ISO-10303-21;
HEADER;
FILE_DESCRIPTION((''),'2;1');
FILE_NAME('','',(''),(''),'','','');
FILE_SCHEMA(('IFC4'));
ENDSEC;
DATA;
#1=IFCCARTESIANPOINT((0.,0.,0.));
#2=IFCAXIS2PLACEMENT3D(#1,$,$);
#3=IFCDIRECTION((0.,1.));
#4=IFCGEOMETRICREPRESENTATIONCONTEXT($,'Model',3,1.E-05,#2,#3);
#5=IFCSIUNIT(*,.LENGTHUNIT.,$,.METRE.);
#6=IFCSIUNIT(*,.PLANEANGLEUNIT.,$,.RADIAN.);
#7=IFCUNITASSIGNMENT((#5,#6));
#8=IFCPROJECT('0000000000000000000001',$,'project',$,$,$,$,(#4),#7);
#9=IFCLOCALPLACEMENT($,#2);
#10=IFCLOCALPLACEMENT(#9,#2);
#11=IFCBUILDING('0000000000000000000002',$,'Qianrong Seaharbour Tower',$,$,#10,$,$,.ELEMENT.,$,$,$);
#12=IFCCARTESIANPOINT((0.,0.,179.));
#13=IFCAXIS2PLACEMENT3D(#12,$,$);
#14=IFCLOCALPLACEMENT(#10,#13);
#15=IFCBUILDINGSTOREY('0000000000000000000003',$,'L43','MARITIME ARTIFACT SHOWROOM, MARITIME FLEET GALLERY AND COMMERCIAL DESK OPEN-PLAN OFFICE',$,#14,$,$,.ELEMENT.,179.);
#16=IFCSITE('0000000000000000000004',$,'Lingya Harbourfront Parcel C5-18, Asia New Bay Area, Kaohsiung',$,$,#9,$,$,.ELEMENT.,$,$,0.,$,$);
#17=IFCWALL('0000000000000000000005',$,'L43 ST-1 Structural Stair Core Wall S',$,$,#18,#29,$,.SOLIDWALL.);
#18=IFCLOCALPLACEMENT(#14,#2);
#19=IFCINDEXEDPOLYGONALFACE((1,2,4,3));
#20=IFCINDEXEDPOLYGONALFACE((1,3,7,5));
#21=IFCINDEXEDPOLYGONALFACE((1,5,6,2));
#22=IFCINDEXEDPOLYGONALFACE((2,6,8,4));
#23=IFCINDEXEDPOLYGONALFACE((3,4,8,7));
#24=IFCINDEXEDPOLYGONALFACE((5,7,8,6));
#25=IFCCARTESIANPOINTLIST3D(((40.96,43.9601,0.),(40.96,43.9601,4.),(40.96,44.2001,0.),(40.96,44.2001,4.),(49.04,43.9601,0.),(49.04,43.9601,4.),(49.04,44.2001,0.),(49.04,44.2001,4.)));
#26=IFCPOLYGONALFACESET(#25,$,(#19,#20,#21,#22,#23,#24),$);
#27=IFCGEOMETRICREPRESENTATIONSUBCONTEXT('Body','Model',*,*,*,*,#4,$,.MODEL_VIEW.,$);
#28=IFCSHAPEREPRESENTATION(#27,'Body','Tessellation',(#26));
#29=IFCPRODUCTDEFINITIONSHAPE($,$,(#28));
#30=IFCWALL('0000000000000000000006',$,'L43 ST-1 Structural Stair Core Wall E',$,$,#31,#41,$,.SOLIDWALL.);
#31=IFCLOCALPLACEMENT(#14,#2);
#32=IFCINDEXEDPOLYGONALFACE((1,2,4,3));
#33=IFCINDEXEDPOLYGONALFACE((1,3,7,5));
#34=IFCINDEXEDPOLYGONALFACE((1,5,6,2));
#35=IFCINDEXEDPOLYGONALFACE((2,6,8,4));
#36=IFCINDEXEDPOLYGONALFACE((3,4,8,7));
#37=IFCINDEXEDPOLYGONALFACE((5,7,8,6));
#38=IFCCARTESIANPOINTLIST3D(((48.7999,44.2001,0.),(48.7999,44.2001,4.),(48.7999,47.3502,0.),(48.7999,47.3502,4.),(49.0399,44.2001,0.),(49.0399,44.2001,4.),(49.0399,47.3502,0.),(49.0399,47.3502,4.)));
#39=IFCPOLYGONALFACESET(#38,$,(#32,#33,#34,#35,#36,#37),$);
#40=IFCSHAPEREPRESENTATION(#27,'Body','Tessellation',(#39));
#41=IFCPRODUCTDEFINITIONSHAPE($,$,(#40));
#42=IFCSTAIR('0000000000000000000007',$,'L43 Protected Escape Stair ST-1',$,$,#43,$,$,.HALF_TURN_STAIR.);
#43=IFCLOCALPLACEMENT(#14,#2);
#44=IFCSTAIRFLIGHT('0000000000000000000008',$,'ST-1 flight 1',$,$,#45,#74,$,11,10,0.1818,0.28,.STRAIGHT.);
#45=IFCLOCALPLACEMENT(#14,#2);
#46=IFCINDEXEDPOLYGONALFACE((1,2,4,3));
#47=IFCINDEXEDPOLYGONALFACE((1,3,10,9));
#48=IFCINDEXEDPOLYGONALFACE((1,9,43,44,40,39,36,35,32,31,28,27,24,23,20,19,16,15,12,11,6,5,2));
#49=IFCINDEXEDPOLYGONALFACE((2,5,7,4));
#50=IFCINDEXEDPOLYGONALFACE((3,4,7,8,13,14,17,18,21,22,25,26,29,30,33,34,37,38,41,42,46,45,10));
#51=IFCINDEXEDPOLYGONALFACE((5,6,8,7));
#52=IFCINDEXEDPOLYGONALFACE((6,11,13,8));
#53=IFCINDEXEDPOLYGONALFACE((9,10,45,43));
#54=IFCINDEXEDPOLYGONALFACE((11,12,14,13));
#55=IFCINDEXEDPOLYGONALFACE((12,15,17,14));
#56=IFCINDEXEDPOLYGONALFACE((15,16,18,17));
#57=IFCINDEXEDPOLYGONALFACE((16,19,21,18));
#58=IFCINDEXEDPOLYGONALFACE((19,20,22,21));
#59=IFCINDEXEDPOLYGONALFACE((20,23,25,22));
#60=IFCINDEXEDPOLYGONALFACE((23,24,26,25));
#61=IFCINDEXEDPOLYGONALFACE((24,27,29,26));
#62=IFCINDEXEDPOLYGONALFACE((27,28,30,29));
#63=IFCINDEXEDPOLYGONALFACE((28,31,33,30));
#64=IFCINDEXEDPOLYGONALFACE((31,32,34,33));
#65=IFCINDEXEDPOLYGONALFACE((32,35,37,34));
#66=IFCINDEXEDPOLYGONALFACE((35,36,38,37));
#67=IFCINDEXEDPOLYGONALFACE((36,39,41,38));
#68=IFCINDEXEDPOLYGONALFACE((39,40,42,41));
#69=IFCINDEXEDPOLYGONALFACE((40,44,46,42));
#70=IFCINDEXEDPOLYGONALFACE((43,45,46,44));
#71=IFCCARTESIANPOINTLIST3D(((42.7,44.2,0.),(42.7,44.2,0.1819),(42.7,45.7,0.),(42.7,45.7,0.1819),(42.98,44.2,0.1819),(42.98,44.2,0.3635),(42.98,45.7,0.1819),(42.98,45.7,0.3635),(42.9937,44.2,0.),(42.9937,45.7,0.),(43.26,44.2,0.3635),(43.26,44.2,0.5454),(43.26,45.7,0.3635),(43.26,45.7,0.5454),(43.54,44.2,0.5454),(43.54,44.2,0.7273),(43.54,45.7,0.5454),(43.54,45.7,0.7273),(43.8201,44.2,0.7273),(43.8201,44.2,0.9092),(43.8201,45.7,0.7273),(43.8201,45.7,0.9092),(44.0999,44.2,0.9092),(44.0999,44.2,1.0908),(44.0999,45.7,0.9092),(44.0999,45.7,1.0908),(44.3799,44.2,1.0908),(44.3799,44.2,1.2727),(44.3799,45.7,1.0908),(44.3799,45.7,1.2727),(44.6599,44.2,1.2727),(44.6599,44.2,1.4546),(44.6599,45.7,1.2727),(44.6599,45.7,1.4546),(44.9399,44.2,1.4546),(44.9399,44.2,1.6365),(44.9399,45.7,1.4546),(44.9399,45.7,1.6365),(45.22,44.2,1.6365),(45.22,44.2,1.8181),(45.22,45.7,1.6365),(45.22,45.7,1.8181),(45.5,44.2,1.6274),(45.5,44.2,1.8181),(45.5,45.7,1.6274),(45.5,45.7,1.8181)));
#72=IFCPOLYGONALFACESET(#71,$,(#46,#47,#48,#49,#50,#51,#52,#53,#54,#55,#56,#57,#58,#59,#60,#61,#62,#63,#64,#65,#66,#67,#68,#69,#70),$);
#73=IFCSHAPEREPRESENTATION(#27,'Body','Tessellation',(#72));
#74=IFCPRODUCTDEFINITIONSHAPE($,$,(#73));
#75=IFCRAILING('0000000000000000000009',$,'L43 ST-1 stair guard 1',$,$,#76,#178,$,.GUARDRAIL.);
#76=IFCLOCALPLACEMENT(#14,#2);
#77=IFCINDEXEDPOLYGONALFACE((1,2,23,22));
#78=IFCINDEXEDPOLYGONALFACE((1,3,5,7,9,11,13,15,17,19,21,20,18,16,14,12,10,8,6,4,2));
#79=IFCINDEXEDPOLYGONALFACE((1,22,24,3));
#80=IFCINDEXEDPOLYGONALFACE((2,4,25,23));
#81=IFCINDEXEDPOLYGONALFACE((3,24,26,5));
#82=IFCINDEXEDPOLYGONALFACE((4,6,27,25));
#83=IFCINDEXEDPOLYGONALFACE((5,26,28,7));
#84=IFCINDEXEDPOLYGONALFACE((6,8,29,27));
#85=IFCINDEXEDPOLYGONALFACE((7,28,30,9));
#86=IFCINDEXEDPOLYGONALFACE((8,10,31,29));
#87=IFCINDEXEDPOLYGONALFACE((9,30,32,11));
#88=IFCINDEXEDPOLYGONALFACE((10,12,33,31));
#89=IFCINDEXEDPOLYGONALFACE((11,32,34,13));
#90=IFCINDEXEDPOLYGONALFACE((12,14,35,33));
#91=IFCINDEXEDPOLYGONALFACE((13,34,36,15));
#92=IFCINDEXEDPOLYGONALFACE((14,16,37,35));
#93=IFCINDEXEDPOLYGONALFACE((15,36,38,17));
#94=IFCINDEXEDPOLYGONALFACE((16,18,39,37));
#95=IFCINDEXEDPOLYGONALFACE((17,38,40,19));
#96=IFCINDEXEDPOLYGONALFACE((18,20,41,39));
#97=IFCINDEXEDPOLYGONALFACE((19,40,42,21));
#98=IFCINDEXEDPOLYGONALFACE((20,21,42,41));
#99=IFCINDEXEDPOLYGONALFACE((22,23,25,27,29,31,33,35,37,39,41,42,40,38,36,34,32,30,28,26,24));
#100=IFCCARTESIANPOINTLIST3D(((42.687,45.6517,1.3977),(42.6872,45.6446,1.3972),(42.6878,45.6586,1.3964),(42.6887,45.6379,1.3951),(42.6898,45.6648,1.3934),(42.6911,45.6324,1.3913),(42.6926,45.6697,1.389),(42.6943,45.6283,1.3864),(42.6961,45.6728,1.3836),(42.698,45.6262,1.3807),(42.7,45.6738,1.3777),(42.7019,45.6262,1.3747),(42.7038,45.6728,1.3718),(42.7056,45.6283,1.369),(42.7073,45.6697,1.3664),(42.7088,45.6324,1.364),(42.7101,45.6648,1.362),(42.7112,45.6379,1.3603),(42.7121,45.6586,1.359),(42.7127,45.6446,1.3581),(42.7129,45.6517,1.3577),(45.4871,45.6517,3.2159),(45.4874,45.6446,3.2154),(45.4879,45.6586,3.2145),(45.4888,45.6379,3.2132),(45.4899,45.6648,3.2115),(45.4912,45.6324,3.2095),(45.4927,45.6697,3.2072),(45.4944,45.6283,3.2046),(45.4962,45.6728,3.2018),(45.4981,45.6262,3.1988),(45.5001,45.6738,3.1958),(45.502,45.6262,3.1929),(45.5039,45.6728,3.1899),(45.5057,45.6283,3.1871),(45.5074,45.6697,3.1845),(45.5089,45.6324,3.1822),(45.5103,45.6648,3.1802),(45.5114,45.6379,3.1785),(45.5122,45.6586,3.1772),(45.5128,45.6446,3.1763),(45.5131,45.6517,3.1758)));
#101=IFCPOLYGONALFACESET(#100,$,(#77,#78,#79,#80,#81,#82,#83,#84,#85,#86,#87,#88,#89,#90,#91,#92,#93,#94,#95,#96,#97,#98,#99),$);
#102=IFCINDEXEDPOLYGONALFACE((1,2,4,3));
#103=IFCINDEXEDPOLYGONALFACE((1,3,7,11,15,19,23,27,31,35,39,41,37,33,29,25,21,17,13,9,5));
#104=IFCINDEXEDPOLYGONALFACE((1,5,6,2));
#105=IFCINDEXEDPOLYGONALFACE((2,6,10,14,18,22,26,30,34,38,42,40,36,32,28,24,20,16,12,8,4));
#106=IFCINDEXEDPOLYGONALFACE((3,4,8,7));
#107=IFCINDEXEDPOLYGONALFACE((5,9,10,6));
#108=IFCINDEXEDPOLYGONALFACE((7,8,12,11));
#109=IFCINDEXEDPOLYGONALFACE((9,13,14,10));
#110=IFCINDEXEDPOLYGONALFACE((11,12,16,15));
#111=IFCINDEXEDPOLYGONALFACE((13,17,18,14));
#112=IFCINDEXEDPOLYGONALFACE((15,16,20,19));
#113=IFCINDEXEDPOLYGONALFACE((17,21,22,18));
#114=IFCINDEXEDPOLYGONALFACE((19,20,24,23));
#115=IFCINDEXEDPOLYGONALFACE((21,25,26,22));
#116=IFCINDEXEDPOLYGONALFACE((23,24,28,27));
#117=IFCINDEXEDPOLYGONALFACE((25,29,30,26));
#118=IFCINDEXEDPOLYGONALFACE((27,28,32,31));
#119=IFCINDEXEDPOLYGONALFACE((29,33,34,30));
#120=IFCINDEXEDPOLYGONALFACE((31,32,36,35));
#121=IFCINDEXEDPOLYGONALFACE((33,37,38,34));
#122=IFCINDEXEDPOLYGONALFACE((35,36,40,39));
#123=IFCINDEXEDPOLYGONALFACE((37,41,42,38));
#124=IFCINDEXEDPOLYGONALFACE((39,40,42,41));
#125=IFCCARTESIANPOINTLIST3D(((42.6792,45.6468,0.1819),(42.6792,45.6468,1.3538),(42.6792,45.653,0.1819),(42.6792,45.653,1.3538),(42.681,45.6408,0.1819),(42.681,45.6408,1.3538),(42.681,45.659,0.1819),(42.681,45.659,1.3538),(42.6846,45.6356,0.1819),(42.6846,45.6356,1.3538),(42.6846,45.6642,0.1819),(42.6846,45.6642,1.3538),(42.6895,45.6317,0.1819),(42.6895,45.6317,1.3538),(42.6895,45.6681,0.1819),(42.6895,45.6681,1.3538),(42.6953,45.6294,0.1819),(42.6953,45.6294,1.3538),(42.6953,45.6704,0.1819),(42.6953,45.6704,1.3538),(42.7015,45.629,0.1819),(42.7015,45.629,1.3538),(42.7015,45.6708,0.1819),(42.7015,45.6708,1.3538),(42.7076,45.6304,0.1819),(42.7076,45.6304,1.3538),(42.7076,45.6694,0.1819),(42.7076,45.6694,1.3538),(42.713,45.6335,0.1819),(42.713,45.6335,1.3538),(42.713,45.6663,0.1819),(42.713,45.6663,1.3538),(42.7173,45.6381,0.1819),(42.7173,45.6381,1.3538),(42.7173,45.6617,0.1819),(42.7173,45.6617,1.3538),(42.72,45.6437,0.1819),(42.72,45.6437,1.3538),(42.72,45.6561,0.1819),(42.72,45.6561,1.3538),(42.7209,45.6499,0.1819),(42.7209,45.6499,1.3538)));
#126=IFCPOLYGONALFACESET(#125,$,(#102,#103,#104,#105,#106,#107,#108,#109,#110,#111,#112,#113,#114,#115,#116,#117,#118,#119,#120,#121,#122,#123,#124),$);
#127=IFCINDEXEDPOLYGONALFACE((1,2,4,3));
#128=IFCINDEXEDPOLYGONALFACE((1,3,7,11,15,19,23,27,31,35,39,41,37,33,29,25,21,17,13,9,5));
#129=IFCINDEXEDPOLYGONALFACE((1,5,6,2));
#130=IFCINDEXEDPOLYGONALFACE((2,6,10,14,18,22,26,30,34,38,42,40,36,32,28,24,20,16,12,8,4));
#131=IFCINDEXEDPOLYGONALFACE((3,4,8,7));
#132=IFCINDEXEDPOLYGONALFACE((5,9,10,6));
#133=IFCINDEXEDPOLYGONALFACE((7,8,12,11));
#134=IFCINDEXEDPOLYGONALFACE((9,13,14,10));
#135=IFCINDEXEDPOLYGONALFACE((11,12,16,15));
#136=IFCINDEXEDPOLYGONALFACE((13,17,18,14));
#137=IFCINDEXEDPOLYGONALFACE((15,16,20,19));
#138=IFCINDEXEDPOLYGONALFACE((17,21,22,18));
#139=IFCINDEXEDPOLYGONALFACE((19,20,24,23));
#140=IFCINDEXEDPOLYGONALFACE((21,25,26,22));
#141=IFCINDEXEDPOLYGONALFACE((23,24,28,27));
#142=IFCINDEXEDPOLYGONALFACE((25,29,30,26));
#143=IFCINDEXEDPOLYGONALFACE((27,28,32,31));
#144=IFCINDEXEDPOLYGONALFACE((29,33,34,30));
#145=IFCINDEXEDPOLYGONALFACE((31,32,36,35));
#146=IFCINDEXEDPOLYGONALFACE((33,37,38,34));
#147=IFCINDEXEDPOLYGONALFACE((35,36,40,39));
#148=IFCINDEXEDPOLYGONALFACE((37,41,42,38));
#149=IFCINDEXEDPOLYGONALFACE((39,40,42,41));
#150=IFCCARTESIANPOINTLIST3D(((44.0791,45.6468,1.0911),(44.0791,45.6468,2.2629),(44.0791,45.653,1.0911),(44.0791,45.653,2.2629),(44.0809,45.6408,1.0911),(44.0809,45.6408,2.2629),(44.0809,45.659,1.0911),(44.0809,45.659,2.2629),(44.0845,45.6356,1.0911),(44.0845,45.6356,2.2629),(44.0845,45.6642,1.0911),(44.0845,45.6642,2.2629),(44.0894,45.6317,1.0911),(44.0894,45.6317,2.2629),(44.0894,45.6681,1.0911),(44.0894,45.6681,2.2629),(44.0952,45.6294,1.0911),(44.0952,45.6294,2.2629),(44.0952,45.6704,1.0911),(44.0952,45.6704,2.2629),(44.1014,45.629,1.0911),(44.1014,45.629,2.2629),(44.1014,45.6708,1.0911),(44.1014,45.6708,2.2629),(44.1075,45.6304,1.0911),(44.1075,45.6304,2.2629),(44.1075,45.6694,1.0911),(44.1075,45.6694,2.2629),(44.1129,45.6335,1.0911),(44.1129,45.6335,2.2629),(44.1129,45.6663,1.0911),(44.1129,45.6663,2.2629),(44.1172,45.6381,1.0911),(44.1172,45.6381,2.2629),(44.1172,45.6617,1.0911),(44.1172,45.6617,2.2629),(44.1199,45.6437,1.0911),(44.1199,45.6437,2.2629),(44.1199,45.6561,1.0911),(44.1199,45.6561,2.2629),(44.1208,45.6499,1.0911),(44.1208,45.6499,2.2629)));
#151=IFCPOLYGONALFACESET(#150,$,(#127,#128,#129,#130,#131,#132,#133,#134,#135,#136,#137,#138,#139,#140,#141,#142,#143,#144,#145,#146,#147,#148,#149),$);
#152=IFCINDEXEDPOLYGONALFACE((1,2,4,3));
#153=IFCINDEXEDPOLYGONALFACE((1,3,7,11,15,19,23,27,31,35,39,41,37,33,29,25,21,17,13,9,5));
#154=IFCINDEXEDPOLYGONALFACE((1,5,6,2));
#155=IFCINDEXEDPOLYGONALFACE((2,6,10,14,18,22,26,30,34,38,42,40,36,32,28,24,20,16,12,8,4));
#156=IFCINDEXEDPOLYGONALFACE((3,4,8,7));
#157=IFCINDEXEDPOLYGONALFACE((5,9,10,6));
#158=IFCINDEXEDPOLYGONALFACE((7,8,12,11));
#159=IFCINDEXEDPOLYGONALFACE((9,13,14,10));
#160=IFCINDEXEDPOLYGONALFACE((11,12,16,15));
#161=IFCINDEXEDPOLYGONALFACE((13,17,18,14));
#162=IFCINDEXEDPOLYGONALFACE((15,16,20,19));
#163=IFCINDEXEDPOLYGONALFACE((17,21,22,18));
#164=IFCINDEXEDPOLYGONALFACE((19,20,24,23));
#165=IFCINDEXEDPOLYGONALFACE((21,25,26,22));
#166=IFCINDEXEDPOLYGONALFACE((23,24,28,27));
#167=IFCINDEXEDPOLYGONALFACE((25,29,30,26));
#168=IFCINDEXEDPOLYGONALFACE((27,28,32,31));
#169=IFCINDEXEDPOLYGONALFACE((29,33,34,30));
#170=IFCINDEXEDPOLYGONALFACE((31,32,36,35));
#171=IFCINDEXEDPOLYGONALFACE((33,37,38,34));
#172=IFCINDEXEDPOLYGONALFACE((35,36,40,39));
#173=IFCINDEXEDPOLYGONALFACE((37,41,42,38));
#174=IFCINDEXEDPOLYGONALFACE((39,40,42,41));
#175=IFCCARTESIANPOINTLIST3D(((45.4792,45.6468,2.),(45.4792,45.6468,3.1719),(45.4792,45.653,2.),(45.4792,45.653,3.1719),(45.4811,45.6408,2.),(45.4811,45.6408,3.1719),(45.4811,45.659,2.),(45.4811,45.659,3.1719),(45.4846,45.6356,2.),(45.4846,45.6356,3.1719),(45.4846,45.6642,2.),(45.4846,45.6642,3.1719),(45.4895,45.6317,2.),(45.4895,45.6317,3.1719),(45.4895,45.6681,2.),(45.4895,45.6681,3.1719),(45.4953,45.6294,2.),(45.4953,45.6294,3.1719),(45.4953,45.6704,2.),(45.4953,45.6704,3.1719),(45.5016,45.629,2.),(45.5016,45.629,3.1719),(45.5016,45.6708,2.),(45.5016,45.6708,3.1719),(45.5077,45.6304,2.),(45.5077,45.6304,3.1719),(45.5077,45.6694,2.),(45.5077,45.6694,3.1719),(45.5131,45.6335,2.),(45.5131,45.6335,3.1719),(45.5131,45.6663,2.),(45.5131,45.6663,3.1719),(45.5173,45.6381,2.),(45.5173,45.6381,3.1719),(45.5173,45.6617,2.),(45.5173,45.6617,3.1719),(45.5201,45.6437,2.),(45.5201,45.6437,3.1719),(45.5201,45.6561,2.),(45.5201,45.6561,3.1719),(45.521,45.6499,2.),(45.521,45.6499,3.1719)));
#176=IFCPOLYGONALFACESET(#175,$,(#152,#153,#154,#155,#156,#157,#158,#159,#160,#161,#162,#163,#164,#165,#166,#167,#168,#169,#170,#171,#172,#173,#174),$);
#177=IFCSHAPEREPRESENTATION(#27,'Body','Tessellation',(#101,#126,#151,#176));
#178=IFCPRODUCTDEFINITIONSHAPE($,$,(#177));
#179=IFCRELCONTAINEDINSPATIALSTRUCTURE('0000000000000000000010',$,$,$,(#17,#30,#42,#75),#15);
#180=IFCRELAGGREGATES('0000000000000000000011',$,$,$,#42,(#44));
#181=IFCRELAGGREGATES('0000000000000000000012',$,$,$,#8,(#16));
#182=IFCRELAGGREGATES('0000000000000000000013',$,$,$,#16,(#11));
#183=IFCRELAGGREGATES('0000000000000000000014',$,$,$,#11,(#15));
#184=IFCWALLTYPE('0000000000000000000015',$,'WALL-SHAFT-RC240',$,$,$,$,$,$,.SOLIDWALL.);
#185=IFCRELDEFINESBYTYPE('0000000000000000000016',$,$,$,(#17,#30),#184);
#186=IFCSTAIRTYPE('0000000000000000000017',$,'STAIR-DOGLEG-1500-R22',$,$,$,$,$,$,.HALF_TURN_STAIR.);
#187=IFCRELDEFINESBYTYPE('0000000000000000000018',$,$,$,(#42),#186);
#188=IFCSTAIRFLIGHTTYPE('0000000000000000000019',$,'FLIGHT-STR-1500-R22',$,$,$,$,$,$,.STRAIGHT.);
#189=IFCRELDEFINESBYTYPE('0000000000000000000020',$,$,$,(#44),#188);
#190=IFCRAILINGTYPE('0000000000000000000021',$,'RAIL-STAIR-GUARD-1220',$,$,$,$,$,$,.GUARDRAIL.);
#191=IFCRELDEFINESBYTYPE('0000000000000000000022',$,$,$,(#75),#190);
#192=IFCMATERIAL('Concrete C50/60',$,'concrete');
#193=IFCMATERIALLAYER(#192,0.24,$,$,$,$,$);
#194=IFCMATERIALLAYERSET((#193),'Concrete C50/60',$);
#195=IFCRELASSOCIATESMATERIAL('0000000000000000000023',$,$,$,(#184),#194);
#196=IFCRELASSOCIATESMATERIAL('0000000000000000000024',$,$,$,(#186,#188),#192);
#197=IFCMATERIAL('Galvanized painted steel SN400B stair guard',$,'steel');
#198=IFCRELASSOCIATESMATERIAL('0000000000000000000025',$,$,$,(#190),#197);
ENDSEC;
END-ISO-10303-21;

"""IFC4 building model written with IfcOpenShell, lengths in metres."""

from ifc_helpers import new_model, si_unit, direction, frame, frame_2d, origin, origin_2d, place, context, subcontext, project, spatial, polyline, rectangle, circle, outline, extrude, material, layer, layer_set, type_object, element, aggregate, save


model = new_model("IFC4")

# Units and contexts
model_context = context("Model", 3, precision=1e-05, world=origin(), true_north=direction((0.0, 1.0)))
body_context = subcontext(model_context, "Body", "Model", "MODEL_VIEW")
ifc_project = project(units=[si_unit("LENGTHUNIT", "METRE"), si_unit("PLANEANGLEUNIT", "RADIAN")], contexts=[model_context])

# Site, building, storey
site_placement = place(None, origin())
site = spatial("IfcSite", under=ifc_project, at=site_placement, Name="Lingya Harbourfront Parcel C5-18, Asia New Bay Area, Kaohsiung", CompositionType="ELEMENT", RefElevation=0.0)
building_placement = place(site_placement, origin())
building = spatial("IfcBuilding", under=site, at=building_placement, Name="Qianrong Seaharbour Tower", CompositionType="ELEMENT")
storey_placement = place(building_placement, frame((0.0, 0.0, 179.0)))
storey = spatial("IfcBuildingStorey", under=building, at=storey_placement, Name="L43", Description="MARITIME ARTIFACT SHOWROOM, MARITIME FLEET GALLERY AND COMMERCIAL DESK OPEN-PLAN OFFICE", CompositionType="ELEMENT", Elevation=179.0)

# Walls
ifc_material_1 = material(Name="Concrete C50/60", Category="concrete")
ifc_layer_1 = layer(ifc_material_1, 0.24)
ifc_layer_set_1 = layer_set([ifc_layer_1], Name="Concrete C50/60")
wall_type_1 = type_object("IfcWallType", Name="WALL-SHAFT-RC240", PredefinedType="SOLIDWALL", material=ifc_layer_set_1)
wall_1_placement = place(storey_placement, frame((49.04, 44.0801, 0.0), z_axis=(0.0, 0.0, 1.0), x_axis=(-1.0, 0.0, 0.0)))
element("IfcWall", 1, at=wall_1_placement, inside=storey, type_object=wall_type_1, Name="L43 ST-1 Structural Stair Core Wall S", PredefinedType="SOLIDWALL", context=body_context, shape_type="SweptSolid", body=[
    extrude(rectangle(XDim=8.0801, YDim=0.24, at=frame_2d((4.04, 0.0))), origin(), (0.0, 0.0, 1.0), 4.0),
])
wall_2_placement = place(storey_placement, frame((48.9199, 44.2, 0.0), z_axis=(0.0, 0.0, 1.0), x_axis=(0.0, 1.0, 0.0)))
element("IfcWall", 2, at=wall_2_placement, inside=storey, type_object=wall_type_1, Name="L43 ST-1 Structural Stair Core Wall E", PredefinedType="SOLIDWALL", context=body_context, shape_type="SweptSolid", body=[
    extrude(rectangle(XDim=3.1501, YDim=0.24, at=frame_2d((1.5752, 0.0))), origin(), (0.0, 0.0, 1.0), 4.0),
])

# Stair, stair flight
stair_type = type_object("IfcStairType", Name="STAIR-DOGLEG-1500-R22", PredefinedType="HALF_TURN_STAIR", material=ifc_material_1)
stair_placement = place(storey_placement, origin())
stair = element("IfcStair", 3, at=stair_placement, inside=storey, type_object=stair_type, Name="L43 Protected Escape Stair ST-1", PredefinedType="HALF_TURN_STAIR")
stair_flight_type = type_object("IfcStairFlightType", Name="FLIGHT-STR-1500-R22", PredefinedType="STRAIGHT", material=ifc_material_1)
stair_flight_placement = place(storey_placement, frame((42.7, 44.95, 0.0), z_axis=(0.0, 0.0, 1.0), x_axis=(1.0, 0.0, 0.0)))
stair_flight = element("IfcStairFlight", 4, at=stair_flight_placement, type_object=stair_flight_type, Name="ST-1 flight 1", NumberOfRisers=11, NumberOfTreads=10, PredefinedType="STRAIGHT", RiserHeight=0.1818, TreadLength=0.28, context=body_context, shape_type="SweptSolid", body=[
    extrude(outline(polyline([(0.0, 0.0), (0.0, 0.1819), (0.28, 0.1819), (0.28, 0.3635), (0.5601, 0.3635), (0.5601, 0.5454), (0.8401, 0.5454), (0.8401, 0.7273), (1.1201, 0.7273), (1.1201, 0.9092), (1.3999, 0.9092), (1.3999, 1.0908), (1.6799, 1.0908), (1.6799, 1.2727), (1.96, 1.2727), (1.96, 1.4546), (2.24, 1.4546), (2.24, 1.6365), (2.52, 1.6365), (2.52, 1.8181), (2.8, 1.8181), (2.8, 2.0), (2.8, 1.6274), (0.2937, 0.0), (0.0, 0.0)])), frame((0.0, 0.75, 0.0), z_axis=(0.0, -1.0, 0.0), x_axis=(1.0, 0.0, 0.0)), (0.0, 0.0, 1.0), 1.5),
])
aggregate(stair, [stair_flight])

# Railing
ifc_material_2 = material(Name="Galvanized painted steel SN400B stair guard", Category="steel")
railing_type_1 = type_object("IfcRailingType", Name="RAIL-STAIR-GUARD-1220", PredefinedType="GUARDRAIL", material=ifc_material_2)
railing_1_placement = place(storey_placement, frame((42.7, 45.6499, 0.1819)))
element("IfcRailing", 5, at=railing_1_placement, inside=storey, type_object=railing_type_1, Name="L43 ST-1 stair guard 1", PredefinedType="GUARDRAIL", context=body_context, shape_type="SweptSolid", body=[
    extrude(circle(Radius=0.0239, at=origin_2d()), frame((0.0, 0.0, 1.1958), z_axis=(0.838706, 0.0, 0.544585), x_axis=(0.0, 1.0, 0.0)), (0.0, 0.0, 1.0), 3.3386),
    extrude(circle(Radius=0.021, at=origin_2d()), origin(), (0.0, 0.0, 1.0), 1.1719),
    extrude(circle(Radius=0.021, at=origin_2d()), frame((1.3999, 0.0, 0.9092)), (0.0, 0.0, 1.0), 1.1719),
    extrude(circle(Radius=0.021, at=origin_2d()), frame((2.8, 0.0, 1.8181)), (0.0, 0.0, 1.0), 1.1719),
])

save(model, "model.ifc")
